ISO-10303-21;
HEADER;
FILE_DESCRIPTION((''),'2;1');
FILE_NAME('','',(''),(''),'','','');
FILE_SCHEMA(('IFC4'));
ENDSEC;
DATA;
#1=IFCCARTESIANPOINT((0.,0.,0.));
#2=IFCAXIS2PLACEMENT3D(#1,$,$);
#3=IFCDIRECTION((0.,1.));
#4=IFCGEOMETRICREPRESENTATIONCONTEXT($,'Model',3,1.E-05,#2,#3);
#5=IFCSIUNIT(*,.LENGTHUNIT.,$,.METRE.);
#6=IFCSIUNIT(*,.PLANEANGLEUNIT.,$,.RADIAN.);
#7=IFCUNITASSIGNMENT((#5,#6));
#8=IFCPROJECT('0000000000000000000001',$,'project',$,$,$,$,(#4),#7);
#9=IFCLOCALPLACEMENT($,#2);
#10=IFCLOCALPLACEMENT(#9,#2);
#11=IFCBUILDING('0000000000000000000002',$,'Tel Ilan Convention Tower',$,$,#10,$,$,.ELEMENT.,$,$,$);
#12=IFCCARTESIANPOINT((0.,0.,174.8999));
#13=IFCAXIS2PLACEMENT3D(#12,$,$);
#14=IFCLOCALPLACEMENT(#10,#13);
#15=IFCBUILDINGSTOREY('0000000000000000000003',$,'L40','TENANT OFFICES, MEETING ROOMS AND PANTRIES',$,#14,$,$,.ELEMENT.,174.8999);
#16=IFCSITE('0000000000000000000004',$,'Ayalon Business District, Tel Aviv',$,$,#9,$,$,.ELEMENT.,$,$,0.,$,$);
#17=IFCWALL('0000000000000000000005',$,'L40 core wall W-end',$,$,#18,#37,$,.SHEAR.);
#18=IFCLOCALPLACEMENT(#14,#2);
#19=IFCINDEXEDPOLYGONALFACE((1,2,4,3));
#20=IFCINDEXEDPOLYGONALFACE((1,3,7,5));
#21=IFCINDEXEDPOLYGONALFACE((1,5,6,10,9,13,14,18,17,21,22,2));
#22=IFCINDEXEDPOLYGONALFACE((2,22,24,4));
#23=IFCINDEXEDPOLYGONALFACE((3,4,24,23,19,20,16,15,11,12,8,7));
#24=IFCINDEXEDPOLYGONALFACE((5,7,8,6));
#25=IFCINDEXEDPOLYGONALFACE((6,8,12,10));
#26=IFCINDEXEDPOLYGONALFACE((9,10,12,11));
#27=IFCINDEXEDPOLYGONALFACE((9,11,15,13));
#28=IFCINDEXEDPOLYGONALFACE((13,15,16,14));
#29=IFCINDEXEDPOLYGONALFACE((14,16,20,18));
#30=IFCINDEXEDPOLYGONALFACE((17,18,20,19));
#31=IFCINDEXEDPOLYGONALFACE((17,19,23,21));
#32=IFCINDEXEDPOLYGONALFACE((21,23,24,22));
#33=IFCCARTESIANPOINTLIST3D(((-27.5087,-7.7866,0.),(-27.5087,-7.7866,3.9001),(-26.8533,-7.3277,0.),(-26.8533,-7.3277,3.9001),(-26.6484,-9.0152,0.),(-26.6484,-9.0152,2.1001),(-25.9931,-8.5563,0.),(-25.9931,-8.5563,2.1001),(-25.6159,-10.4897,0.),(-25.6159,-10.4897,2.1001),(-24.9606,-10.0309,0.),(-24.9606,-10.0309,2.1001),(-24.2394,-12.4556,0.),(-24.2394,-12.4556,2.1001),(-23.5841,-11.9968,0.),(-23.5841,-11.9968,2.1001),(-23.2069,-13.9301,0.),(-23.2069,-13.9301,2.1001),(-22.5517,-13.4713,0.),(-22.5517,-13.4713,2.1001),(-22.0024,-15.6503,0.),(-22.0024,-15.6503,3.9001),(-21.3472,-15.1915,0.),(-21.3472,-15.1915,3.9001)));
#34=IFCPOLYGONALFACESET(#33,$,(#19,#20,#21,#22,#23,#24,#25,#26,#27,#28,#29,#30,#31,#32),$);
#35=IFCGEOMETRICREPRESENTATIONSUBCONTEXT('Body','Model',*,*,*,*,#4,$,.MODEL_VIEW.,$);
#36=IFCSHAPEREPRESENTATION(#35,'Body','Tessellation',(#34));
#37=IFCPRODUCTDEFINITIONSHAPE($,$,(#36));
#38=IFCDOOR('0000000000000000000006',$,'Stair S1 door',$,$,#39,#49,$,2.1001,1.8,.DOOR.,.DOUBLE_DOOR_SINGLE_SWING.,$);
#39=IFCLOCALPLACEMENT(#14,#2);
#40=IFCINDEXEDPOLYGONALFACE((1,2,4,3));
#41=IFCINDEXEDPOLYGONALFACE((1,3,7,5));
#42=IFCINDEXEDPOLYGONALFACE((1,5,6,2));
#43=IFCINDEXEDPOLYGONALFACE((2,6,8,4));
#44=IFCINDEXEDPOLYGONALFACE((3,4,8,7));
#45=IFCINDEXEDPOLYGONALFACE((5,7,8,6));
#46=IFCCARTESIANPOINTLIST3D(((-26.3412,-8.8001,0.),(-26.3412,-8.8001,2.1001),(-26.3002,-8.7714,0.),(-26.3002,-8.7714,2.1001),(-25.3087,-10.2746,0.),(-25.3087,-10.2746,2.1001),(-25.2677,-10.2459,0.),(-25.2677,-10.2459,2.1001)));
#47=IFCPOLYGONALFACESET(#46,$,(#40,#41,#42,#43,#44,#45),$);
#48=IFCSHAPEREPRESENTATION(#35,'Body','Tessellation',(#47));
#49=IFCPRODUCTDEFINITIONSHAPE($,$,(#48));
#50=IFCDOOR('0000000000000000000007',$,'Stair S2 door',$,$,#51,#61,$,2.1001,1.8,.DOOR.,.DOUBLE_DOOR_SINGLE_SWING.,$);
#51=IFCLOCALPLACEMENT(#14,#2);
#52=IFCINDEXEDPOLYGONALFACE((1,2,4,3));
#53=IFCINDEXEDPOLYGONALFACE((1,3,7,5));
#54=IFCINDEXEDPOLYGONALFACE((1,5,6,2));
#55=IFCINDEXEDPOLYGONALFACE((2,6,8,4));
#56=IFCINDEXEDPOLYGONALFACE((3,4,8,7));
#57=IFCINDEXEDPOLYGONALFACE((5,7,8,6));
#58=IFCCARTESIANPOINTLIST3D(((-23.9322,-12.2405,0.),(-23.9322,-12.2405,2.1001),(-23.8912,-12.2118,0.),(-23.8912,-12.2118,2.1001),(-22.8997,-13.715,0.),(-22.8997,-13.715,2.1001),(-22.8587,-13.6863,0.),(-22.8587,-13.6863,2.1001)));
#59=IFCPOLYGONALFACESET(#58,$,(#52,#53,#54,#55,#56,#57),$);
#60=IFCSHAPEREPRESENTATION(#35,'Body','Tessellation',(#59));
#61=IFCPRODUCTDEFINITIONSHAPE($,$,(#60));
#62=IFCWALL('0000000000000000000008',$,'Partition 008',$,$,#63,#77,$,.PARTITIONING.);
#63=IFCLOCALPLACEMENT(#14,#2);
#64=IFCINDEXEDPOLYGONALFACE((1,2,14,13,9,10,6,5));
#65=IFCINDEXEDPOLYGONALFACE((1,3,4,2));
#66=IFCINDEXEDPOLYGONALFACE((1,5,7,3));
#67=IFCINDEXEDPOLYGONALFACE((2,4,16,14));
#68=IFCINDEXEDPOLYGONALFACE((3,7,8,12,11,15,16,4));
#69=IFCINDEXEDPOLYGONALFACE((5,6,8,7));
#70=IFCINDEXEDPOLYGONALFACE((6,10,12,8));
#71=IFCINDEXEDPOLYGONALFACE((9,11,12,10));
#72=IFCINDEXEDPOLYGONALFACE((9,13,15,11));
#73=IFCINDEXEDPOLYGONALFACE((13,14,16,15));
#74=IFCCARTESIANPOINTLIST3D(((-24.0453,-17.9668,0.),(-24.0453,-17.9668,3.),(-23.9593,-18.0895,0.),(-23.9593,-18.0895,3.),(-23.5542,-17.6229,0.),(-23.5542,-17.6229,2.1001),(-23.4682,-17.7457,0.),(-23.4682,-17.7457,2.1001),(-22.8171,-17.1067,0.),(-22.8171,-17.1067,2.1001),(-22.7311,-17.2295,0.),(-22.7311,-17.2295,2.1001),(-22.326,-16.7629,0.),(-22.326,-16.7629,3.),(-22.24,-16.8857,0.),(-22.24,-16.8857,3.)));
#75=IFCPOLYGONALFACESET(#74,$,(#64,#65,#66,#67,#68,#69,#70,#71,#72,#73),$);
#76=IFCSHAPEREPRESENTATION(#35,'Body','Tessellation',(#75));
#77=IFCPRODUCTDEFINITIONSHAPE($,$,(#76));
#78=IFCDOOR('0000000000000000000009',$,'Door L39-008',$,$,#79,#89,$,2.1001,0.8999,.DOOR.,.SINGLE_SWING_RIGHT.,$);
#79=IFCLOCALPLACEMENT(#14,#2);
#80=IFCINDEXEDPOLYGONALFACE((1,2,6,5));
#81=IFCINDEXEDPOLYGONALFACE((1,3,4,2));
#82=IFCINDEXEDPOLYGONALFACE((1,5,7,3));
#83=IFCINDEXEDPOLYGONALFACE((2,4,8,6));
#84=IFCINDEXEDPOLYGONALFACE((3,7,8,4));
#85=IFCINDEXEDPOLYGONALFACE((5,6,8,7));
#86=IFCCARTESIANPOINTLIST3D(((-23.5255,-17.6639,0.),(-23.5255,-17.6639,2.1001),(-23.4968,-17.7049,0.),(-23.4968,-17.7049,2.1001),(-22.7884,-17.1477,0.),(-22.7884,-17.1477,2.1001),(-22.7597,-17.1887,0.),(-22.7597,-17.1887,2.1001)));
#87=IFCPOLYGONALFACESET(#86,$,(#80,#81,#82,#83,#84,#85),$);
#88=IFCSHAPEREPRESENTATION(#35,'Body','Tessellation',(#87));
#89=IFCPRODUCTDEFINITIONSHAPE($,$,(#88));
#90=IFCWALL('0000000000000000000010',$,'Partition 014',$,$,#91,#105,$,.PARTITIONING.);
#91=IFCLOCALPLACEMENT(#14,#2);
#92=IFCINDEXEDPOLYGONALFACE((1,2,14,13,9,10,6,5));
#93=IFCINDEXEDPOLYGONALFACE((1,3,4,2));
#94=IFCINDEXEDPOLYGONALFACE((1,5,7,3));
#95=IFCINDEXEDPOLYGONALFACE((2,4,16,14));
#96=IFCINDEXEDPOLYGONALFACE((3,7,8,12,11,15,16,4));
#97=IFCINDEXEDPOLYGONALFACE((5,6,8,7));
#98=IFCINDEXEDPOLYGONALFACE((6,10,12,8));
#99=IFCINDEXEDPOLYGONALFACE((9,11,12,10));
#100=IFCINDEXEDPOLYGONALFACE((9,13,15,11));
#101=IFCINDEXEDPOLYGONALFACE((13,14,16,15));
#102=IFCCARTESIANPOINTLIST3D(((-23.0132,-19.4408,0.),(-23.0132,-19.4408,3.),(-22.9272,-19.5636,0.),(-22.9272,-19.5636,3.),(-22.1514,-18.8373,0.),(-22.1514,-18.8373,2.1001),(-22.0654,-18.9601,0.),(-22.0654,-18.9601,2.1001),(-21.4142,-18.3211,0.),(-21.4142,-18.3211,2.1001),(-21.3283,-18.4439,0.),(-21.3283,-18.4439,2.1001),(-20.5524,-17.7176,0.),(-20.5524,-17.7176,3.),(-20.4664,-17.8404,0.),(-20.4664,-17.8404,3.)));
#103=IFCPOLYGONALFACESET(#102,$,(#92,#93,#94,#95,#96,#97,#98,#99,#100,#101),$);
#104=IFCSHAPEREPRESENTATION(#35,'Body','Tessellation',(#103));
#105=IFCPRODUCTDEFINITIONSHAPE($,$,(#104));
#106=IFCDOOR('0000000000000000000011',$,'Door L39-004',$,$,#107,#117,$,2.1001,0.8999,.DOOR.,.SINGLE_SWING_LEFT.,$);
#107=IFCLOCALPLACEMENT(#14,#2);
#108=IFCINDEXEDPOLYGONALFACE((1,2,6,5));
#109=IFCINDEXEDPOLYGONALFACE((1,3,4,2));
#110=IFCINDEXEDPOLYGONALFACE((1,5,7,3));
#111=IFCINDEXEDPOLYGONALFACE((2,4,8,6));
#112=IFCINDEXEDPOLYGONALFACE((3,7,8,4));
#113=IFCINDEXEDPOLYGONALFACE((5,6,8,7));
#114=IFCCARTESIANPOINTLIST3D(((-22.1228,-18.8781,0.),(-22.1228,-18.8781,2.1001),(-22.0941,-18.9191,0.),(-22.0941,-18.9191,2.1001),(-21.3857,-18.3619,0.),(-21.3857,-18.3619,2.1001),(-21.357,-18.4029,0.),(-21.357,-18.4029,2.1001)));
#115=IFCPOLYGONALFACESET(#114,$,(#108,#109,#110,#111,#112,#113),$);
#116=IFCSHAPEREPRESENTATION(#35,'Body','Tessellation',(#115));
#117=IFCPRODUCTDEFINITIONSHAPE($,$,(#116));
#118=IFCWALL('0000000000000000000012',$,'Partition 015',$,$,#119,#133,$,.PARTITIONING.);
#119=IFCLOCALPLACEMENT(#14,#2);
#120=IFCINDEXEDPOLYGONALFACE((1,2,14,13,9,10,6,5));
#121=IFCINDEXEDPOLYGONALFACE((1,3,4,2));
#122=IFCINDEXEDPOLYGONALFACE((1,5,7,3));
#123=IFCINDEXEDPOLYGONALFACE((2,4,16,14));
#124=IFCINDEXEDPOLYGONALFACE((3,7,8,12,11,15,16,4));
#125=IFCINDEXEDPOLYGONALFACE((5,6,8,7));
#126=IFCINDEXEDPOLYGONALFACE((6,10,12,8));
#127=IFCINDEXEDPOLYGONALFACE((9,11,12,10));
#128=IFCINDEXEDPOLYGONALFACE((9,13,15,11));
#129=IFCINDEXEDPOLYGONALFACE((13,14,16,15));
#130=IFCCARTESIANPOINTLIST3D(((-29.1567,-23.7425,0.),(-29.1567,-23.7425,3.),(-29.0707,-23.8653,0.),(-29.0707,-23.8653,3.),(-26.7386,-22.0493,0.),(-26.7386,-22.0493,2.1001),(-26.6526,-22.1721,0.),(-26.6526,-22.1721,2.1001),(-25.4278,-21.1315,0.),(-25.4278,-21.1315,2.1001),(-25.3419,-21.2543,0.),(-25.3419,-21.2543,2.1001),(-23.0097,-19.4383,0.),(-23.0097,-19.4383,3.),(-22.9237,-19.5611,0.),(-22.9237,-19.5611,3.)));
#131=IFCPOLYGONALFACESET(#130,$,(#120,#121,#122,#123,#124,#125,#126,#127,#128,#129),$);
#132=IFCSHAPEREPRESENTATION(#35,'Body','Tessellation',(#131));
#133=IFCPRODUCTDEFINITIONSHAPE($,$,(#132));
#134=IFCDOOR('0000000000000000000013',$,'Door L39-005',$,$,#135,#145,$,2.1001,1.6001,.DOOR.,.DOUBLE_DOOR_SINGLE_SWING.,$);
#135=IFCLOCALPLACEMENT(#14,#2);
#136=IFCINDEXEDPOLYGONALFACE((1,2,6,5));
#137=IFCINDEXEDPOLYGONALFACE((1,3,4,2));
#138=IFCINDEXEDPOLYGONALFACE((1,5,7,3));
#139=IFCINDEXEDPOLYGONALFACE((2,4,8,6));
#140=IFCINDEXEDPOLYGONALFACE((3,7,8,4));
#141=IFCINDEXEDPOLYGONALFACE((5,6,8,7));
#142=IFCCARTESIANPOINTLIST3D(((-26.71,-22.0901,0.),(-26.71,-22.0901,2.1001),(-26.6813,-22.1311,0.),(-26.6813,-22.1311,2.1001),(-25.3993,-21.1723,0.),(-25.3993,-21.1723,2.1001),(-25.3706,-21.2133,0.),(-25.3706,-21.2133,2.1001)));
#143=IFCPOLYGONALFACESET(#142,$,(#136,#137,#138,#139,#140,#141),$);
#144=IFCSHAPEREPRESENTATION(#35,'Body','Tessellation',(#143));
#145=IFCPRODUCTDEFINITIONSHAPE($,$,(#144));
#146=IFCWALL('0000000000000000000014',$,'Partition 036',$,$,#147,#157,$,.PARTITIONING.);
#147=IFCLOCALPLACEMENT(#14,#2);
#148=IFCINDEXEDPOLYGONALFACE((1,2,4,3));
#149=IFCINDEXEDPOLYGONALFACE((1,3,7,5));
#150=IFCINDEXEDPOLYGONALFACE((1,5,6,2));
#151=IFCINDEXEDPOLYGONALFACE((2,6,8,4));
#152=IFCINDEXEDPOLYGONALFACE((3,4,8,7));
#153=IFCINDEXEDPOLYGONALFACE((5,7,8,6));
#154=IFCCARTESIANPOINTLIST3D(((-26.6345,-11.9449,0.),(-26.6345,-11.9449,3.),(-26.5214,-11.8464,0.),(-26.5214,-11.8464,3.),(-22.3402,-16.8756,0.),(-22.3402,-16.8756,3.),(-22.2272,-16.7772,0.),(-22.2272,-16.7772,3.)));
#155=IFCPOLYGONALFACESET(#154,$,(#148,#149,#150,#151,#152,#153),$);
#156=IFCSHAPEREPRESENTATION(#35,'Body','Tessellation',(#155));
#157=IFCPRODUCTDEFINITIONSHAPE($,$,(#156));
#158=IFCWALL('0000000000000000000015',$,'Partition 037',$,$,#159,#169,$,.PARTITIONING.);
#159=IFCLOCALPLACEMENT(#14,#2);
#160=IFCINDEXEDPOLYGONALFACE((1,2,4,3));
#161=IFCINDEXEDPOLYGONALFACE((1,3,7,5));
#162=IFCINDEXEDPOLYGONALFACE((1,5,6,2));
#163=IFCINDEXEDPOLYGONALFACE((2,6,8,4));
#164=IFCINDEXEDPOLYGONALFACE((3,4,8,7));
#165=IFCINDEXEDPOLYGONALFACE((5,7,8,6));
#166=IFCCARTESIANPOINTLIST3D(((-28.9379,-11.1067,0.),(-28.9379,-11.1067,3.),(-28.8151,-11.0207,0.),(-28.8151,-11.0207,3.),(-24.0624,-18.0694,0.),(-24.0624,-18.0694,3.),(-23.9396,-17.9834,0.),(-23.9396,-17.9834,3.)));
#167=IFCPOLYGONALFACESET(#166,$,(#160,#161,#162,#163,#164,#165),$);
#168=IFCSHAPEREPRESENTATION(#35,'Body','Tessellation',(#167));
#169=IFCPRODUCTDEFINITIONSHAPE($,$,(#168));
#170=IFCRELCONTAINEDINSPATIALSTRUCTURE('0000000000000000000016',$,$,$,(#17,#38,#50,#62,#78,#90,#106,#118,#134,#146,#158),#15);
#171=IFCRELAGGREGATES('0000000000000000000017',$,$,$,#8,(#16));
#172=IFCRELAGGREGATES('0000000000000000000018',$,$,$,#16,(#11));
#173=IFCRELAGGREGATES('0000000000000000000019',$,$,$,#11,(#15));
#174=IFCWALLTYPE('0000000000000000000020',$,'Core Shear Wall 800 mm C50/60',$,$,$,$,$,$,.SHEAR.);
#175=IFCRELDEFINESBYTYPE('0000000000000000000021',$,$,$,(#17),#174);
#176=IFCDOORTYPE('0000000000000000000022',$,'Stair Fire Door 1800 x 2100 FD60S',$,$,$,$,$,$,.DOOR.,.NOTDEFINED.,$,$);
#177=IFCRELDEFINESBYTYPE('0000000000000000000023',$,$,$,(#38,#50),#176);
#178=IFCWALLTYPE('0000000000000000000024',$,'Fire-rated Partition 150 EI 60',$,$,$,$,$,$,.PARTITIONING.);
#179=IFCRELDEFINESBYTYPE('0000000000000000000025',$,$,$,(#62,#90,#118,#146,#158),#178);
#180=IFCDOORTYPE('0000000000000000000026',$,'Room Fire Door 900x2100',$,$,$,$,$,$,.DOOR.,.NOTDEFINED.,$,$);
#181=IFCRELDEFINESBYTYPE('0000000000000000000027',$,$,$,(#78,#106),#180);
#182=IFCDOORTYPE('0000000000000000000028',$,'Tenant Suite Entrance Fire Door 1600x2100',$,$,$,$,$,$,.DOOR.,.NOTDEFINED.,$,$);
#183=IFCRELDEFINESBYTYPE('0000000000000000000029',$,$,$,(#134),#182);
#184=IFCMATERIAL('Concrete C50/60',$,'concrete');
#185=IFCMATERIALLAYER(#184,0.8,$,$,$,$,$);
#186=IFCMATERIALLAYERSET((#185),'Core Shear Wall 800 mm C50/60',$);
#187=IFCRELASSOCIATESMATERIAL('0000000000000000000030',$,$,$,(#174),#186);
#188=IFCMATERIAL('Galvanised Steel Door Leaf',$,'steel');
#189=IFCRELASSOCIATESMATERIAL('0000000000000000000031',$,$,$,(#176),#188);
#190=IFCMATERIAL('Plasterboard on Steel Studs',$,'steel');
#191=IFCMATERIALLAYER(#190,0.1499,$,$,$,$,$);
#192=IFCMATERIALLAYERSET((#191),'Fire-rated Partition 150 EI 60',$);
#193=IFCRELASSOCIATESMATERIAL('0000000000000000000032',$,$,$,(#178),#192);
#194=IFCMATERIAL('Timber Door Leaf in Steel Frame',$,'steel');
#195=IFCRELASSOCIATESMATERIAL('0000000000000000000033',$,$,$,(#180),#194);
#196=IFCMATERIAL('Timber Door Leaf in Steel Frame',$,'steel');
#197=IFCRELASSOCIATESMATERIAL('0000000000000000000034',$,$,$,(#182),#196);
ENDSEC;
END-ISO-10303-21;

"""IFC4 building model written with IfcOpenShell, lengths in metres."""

from ifc_helpers import new_model, si_unit, direction, frame, frame_2d, origin, place, context, subcontext, project, spatial, polyline, rectangle, outline, extrude, material, layer, layer_set, type_object, element, fill, save


model = new_model("IFC4")

# Units and contexts
model_context = context("Model", 3, precision=1e-05, world=origin(), true_north=direction((0.0, 1.0)))
body_context = subcontext(model_context, "Body", "Model", "MODEL_VIEW")
ifc_project = project(units=[si_unit("LENGTHUNIT", "METRE"), si_unit("PLANEANGLEUNIT", "RADIAN")], contexts=[model_context])

# Site, building, storey
site_placement = place(None, origin())
site = spatial("IfcSite", under=ifc_project, at=site_placement, Name="Ayalon Business District, Tel Aviv", CompositionType="ELEMENT", RefElevation=0.0)
building_placement = place(site_placement, origin())
building = spatial("IfcBuilding", under=site, at=building_placement, Name="Tel Ilan Convention Tower", CompositionType="ELEMENT")
storey_placement = place(building_placement, frame((0.0, 0.0, 174.8999)))
storey = spatial("IfcBuildingStorey", under=building, at=storey_placement, Name="L40", Description="TENANT OFFICES, MEETING ROOMS AND PANTRIES", CompositionType="ELEMENT", Elevation=174.8999)

# Wall, openings, doors
ifc_material_1 = material(Name="Concrete C50/60", Category="concrete")
ifc_layer_1 = layer(ifc_material_1, 0.8)
ifc_layer_set_1 = layer_set([ifc_layer_1], Name="Core Shear Wall 800 mm C50/60")
wall_type_1 = type_object("IfcWallType", Name="Core Shear Wall 800 mm C50/60", PredefinedType="SHEAR", material=ifc_layer_set_1)
wall_1_placement = place(storey_placement, frame((-21.6748, -15.4209, 0.0), z_axis=(0.0, 0.0, 1.0), x_axis=(-0.573582, 0.819148, 0.0)))
wall_1 = element("IfcWall", 1, at=wall_1_placement, inside=storey, type_object=wall_type_1, Name="L40 core wall W-end", PredefinedType="SHEAR", context=body_context, shape_type="SweptSolid", body=[
    extrude(outline(polyline([(0.0, 0.3999), (0.0, -0.3999), (9.5999, -0.4001), (9.5999, 0.3999), (0.0, 0.3999)])), origin(), (0.0, 0.0, 1.0), 3.9001),
])
opening_1_placement = place(wall_1_placement, frame((6.3, 0.0, 0.0)))
opening_1 = element("IfcOpeningElement", 2, at=opening_1_placement, cuts=wall_1, PredefinedType="OPENING", context=body_context, shape_type="SweptSolid", body=[
    extrude(rectangle(XDim=1.8, YDim=2.1001, at=frame_2d((0.8999, 1.05))), frame((0.0, 0.4099, 0.0), z_axis=(0.0, -1.0, 0.0), x_axis=(1.0, 0.0, 0.0)), (0.0, 0.0, 1.0), 0.8201),
])
opening_2_placement = place(wall_1_placement, frame((2.1001, 0.0, 0.0)))
opening_2 = element("IfcOpeningElement", 3, at=opening_2_placement, cuts=wall_1, PredefinedType="OPENING", context=body_context, shape_type="SweptSolid", body=[
    extrude(rectangle(XDim=1.8, YDim=2.1001, at=frame_2d((0.8999, 1.05))), frame((0.0, 0.4099, 0.0), z_axis=(0.0, -1.0, 0.0), x_axis=(1.0, 0.0, 0.0)), (0.0, 0.0, 1.0), 0.8201),
])
ifc_material_2 = material(Name="Galvanised Steel Door Leaf", Category="steel")
door_type_1 = type_object("IfcDoorType", Name="Stair Fire Door 1800 x 2100 FD60S", OperationType="NOTDEFINED", PredefinedType="DOOR", material=ifc_material_2)
door_1_placement = place(opening_1_placement, origin())
door_1 = element("IfcDoor", 4, at=door_1_placement, inside=storey, type_object=door_type_1, Name="Stair S1 door", OperationType="DOUBLE_DOOR_SINGLE_SWING", OverallHeight=2.1001, OverallWidth=1.8, PredefinedType="DOOR", context=body_context, shape_type="SweptSolid", body=[
    extrude(rectangle(XDim=1.8, YDim=2.1001, at=frame_2d((0.8999, 1.05))), frame((0.0, 0.0249, 0.0), z_axis=(0.0, -1.0, 0.0), x_axis=(1.0, 0.0, 0.0)), (0.0, 0.0, 1.0), 0.05),
])
fill(opening_1, door_1)
door_2_placement = place(opening_2_placement, origin())
door_2 = element("IfcDoor", 5, at=door_2_placement, inside=storey, type_object=door_type_1, Name="Stair S2 door", OperationType="DOUBLE_DOOR_SINGLE_SWING", OverallHeight=2.1001, OverallWidth=1.8, PredefinedType="DOOR", context=body_context, shape_type="SweptSolid", body=[
    extrude(rectangle(XDim=1.8, YDim=2.1001, at=frame_2d((0.8999, 1.05))), frame((0.0, 0.0249, 0.0), z_axis=(0.0, -1.0, 0.0), x_axis=(1.0, 0.0, 0.0)), (0.0, 0.0, 1.0), 0.05),
])
fill(opening_2, door_2)

# Walls, openings, doors
ifc_material_3 = material(Name="Plasterboard on Steel Studs", Category="steel")
ifc_layer_2 = layer(ifc_material_3, 0.1499)
ifc_layer_set_2 = layer_set([ifc_layer_2], Name="Fire-rated Partition 150 EI 60")
wall_type_2 = type_object("IfcWallType", Name="Fire-rated Partition 150 EI 60", PredefinedType="PARTITIONING", material=ifc_layer_set_2)
wall_2_placement = place(storey_placement, frame((-24.0022, -18.0281, 0.0), z_axis=(0.0, 0.0, 1.0), x_axis=(0.819144, 0.573587, 0.0)))
wall_2 = element("IfcWall", 6, at=wall_2_placement, inside=storey, type_object=wall_type_2, Name="Partition 008", PredefinedType="PARTITIONING", context=body_context, shape_type="SweptSolid", body=[
    extrude(rectangle(XDim=2.0989, YDim=0.1499, at=frame_2d((1.0493, 0.0))), origin(), (0.0, 0.0, 1.0), 3.0),
])
opening_3_placement = place(wall_2_placement, frame((0.5994, 0.0, 0.0)))
opening_3 = element("IfcOpeningElement", 7, at=opening_3_placement, cuts=wall_2, PredefinedType="OPENING", context=body_context, shape_type="SweptSolid", body=[
    extrude(rectangle(XDim=0.8999, YDim=2.1001, at=frame_2d((0.45, 1.05))), frame((0.0, 0.085, 0.0), z_axis=(0.0, -1.0, 0.0), x_axis=(1.0, 0.0, 0.0)), (0.0, 0.0, 1.0), 0.1699),
])
ifc_material_4 = material(Name="Timber Door Leaf in Steel Frame", Category="steel")
door_type_2 = type_object("IfcDoorType", Name="Room Fire Door 900x2100", OperationType="NOTDEFINED", PredefinedType="DOOR", material=ifc_material_4)
door_3_placement = place(opening_3_placement, origin())
door_3 = element("IfcDoor", 8, at=door_3_placement, inside=storey, type_object=door_type_2, Name="Door L39-008", OperationType="SINGLE_SWING_RIGHT", OverallHeight=2.1001, OverallWidth=0.8999, PredefinedType="DOOR", context=body_context, shape_type="SweptSolid", body=[
    extrude(rectangle(XDim=0.8999, YDim=2.1001, at=frame_2d((0.45, 1.05))), frame((0.0, 0.0249, 0.0), z_axis=(0.0, -1.0, 0.0), x_axis=(1.0, 0.0, 0.0)), (0.0, 0.0, 1.0), 0.05),
])
fill(opening_3, door_3)
wall_3_placement = place(storey_placement, frame((-20.5095, -17.7791, 0.0), z_axis=(0.0, 0.0, 1.0), x_axis=(-0.819129, -0.57361, 0.0)))
wall_3 = element("IfcWall", 9, at=wall_3_placement, inside=storey, type_object=wall_type_2, Name="Partition 014", PredefinedType="PARTITIONING", context=body_context, shape_type="SweptSolid", body=[
    extrude(rectangle(XDim=3.0042, YDim=0.1499, at=frame_2d((1.502, 0.0))), origin(), (0.0, 0.0, 1.0), 3.0),
])
opening_4_placement = place(wall_3_placement, frame((1.052, 0.0, 0.0)))
opening_4 = element("IfcOpeningElement", 10, at=opening_4_placement, cuts=wall_3, PredefinedType="OPENING", context=body_context, shape_type="SweptSolid", body=[
    extrude(rectangle(XDim=0.8999, YDim=2.1001, at=frame_2d((0.45, 1.05))), frame((0.0, 0.085, 0.0), z_axis=(0.0, -1.0, 0.0), x_axis=(1.0, 0.0, 0.0)), (0.0, 0.0, 1.0), 0.1699),
])
door_4_placement = place(opening_4_placement, origin())
door_4 = element("IfcDoor", 11, at=door_4_placement, inside=storey, type_object=door_type_2, Name="Door L39-004", OperationType="SINGLE_SWING_LEFT", OverallHeight=2.1001, OverallWidth=0.8999, PredefinedType="DOOR", context=body_context, shape_type="SweptSolid", body=[
    extrude(rectangle(XDim=0.8999, YDim=2.1001, at=frame_2d((0.45, 1.05))), frame((0.0, 0.0249, 0.0), z_axis=(0.0, -1.0, 0.0), x_axis=(1.0, 0.0, 0.0)), (0.0, 0.0, 1.0), 0.05),
])
fill(opening_4, door_4)
wall_4_placement = place(storey_placement, frame((-22.9668, -19.4998, 0.0), z_axis=(0.0, 0.0, 1.0), x_axis=(-0.819149, -0.57358, 0.0)))
wall_4 = element("IfcWall", 12, at=wall_4_placement, inside=storey, type_object=wall_type_2, Name="Partition 015", PredefinedType="PARTITIONING", context=body_context, shape_type="SweptSolid", body=[
    extrude(rectangle(XDim=7.5042, YDim=0.1499, at=frame_2d((3.752, 0.0))), origin(), (0.0, 0.0, 1.0), 3.0),
])
opening_5_placement = place(wall_4_placement, frame((2.9519, 0.0, 0.0)))
opening_5 = element("IfcOpeningElement", 13, at=opening_5_placement, cuts=wall_4, PredefinedType="OPENING", context=body_context, shape_type="SweptSolid", body=[
    extrude(rectangle(XDim=1.6001, YDim=2.1001, at=frame_2d((0.8, 1.05))), frame((0.0, 0.085, 0.0), z_axis=(0.0, -1.0, 0.0), x_axis=(1.0, 0.0, 0.0)), (0.0, 0.0, 1.0), 0.1699),
])
ifc_material_5 = material(Name="Timber Door Leaf in Steel Frame", Category="steel")
door_type_3 = type_object("IfcDoorType", Name="Tenant Suite Entrance Fire Door 1600x2100", OperationType="NOTDEFINED", PredefinedType="DOOR", material=ifc_material_5)
door_5_placement = place(opening_5_placement, origin())
door_5 = element("IfcDoor", 14, at=door_5_placement, inside=storey, type_object=door_type_3, Name="Door L39-005", OperationType="DOUBLE_DOOR_SINGLE_SWING", OverallHeight=2.1001, OverallWidth=1.6001, PredefinedType="DOOR", context=body_context, shape_type="SweptSolid", body=[
    extrude(rectangle(XDim=1.6001, YDim=2.1001, at=frame_2d((0.8, 1.05))), frame((0.0, 0.0249, 0.0), z_axis=(0.0, -1.0, 0.0), x_axis=(1.0, 0.0, 0.0)), (0.0, 0.0, 1.0), 0.05),
])
fill(opening_5, door_5)

# Walls
wall_5_placement = place(storey_placement, frame((-22.2837, -16.8264, 0.0), z_axis=(0.0, 0.0, 1.0), x_axis=(-0.656758, 0.754101, 0.0)))
element("IfcWall", 15, at=wall_5_placement, inside=storey, type_object=wall_type_2, Name="Partition 036", PredefinedType="PARTITIONING", context=body_context, shape_type="SweptSolid", body=[
    extrude(rectangle(XDim=6.5386, YDim=0.1499, at=frame_2d((3.2693, 0.0))), origin(), (0.0, 0.0, 1.0), 3.0),
])
wall_6_placement = place(storey_placement, frame((-24.001, -18.0264, 0.0), z_axis=(0.0, 0.0, 1.0), x_axis=(-0.573591, 0.819142, 0.0)))
element("IfcWall", 16, at=wall_6_placement, inside=storey, type_object=wall_type_2, Name="Partition 037", PredefinedType="PARTITIONING", context=body_context, shape_type="SweptSolid", body=[
    extrude(rectangle(XDim=8.5, YDim=0.1499, at=frame_2d((4.25, 0.0))), origin(), (0.0, 0.0, 1.0), 3.0),
])

save(model, "model.ifc")
